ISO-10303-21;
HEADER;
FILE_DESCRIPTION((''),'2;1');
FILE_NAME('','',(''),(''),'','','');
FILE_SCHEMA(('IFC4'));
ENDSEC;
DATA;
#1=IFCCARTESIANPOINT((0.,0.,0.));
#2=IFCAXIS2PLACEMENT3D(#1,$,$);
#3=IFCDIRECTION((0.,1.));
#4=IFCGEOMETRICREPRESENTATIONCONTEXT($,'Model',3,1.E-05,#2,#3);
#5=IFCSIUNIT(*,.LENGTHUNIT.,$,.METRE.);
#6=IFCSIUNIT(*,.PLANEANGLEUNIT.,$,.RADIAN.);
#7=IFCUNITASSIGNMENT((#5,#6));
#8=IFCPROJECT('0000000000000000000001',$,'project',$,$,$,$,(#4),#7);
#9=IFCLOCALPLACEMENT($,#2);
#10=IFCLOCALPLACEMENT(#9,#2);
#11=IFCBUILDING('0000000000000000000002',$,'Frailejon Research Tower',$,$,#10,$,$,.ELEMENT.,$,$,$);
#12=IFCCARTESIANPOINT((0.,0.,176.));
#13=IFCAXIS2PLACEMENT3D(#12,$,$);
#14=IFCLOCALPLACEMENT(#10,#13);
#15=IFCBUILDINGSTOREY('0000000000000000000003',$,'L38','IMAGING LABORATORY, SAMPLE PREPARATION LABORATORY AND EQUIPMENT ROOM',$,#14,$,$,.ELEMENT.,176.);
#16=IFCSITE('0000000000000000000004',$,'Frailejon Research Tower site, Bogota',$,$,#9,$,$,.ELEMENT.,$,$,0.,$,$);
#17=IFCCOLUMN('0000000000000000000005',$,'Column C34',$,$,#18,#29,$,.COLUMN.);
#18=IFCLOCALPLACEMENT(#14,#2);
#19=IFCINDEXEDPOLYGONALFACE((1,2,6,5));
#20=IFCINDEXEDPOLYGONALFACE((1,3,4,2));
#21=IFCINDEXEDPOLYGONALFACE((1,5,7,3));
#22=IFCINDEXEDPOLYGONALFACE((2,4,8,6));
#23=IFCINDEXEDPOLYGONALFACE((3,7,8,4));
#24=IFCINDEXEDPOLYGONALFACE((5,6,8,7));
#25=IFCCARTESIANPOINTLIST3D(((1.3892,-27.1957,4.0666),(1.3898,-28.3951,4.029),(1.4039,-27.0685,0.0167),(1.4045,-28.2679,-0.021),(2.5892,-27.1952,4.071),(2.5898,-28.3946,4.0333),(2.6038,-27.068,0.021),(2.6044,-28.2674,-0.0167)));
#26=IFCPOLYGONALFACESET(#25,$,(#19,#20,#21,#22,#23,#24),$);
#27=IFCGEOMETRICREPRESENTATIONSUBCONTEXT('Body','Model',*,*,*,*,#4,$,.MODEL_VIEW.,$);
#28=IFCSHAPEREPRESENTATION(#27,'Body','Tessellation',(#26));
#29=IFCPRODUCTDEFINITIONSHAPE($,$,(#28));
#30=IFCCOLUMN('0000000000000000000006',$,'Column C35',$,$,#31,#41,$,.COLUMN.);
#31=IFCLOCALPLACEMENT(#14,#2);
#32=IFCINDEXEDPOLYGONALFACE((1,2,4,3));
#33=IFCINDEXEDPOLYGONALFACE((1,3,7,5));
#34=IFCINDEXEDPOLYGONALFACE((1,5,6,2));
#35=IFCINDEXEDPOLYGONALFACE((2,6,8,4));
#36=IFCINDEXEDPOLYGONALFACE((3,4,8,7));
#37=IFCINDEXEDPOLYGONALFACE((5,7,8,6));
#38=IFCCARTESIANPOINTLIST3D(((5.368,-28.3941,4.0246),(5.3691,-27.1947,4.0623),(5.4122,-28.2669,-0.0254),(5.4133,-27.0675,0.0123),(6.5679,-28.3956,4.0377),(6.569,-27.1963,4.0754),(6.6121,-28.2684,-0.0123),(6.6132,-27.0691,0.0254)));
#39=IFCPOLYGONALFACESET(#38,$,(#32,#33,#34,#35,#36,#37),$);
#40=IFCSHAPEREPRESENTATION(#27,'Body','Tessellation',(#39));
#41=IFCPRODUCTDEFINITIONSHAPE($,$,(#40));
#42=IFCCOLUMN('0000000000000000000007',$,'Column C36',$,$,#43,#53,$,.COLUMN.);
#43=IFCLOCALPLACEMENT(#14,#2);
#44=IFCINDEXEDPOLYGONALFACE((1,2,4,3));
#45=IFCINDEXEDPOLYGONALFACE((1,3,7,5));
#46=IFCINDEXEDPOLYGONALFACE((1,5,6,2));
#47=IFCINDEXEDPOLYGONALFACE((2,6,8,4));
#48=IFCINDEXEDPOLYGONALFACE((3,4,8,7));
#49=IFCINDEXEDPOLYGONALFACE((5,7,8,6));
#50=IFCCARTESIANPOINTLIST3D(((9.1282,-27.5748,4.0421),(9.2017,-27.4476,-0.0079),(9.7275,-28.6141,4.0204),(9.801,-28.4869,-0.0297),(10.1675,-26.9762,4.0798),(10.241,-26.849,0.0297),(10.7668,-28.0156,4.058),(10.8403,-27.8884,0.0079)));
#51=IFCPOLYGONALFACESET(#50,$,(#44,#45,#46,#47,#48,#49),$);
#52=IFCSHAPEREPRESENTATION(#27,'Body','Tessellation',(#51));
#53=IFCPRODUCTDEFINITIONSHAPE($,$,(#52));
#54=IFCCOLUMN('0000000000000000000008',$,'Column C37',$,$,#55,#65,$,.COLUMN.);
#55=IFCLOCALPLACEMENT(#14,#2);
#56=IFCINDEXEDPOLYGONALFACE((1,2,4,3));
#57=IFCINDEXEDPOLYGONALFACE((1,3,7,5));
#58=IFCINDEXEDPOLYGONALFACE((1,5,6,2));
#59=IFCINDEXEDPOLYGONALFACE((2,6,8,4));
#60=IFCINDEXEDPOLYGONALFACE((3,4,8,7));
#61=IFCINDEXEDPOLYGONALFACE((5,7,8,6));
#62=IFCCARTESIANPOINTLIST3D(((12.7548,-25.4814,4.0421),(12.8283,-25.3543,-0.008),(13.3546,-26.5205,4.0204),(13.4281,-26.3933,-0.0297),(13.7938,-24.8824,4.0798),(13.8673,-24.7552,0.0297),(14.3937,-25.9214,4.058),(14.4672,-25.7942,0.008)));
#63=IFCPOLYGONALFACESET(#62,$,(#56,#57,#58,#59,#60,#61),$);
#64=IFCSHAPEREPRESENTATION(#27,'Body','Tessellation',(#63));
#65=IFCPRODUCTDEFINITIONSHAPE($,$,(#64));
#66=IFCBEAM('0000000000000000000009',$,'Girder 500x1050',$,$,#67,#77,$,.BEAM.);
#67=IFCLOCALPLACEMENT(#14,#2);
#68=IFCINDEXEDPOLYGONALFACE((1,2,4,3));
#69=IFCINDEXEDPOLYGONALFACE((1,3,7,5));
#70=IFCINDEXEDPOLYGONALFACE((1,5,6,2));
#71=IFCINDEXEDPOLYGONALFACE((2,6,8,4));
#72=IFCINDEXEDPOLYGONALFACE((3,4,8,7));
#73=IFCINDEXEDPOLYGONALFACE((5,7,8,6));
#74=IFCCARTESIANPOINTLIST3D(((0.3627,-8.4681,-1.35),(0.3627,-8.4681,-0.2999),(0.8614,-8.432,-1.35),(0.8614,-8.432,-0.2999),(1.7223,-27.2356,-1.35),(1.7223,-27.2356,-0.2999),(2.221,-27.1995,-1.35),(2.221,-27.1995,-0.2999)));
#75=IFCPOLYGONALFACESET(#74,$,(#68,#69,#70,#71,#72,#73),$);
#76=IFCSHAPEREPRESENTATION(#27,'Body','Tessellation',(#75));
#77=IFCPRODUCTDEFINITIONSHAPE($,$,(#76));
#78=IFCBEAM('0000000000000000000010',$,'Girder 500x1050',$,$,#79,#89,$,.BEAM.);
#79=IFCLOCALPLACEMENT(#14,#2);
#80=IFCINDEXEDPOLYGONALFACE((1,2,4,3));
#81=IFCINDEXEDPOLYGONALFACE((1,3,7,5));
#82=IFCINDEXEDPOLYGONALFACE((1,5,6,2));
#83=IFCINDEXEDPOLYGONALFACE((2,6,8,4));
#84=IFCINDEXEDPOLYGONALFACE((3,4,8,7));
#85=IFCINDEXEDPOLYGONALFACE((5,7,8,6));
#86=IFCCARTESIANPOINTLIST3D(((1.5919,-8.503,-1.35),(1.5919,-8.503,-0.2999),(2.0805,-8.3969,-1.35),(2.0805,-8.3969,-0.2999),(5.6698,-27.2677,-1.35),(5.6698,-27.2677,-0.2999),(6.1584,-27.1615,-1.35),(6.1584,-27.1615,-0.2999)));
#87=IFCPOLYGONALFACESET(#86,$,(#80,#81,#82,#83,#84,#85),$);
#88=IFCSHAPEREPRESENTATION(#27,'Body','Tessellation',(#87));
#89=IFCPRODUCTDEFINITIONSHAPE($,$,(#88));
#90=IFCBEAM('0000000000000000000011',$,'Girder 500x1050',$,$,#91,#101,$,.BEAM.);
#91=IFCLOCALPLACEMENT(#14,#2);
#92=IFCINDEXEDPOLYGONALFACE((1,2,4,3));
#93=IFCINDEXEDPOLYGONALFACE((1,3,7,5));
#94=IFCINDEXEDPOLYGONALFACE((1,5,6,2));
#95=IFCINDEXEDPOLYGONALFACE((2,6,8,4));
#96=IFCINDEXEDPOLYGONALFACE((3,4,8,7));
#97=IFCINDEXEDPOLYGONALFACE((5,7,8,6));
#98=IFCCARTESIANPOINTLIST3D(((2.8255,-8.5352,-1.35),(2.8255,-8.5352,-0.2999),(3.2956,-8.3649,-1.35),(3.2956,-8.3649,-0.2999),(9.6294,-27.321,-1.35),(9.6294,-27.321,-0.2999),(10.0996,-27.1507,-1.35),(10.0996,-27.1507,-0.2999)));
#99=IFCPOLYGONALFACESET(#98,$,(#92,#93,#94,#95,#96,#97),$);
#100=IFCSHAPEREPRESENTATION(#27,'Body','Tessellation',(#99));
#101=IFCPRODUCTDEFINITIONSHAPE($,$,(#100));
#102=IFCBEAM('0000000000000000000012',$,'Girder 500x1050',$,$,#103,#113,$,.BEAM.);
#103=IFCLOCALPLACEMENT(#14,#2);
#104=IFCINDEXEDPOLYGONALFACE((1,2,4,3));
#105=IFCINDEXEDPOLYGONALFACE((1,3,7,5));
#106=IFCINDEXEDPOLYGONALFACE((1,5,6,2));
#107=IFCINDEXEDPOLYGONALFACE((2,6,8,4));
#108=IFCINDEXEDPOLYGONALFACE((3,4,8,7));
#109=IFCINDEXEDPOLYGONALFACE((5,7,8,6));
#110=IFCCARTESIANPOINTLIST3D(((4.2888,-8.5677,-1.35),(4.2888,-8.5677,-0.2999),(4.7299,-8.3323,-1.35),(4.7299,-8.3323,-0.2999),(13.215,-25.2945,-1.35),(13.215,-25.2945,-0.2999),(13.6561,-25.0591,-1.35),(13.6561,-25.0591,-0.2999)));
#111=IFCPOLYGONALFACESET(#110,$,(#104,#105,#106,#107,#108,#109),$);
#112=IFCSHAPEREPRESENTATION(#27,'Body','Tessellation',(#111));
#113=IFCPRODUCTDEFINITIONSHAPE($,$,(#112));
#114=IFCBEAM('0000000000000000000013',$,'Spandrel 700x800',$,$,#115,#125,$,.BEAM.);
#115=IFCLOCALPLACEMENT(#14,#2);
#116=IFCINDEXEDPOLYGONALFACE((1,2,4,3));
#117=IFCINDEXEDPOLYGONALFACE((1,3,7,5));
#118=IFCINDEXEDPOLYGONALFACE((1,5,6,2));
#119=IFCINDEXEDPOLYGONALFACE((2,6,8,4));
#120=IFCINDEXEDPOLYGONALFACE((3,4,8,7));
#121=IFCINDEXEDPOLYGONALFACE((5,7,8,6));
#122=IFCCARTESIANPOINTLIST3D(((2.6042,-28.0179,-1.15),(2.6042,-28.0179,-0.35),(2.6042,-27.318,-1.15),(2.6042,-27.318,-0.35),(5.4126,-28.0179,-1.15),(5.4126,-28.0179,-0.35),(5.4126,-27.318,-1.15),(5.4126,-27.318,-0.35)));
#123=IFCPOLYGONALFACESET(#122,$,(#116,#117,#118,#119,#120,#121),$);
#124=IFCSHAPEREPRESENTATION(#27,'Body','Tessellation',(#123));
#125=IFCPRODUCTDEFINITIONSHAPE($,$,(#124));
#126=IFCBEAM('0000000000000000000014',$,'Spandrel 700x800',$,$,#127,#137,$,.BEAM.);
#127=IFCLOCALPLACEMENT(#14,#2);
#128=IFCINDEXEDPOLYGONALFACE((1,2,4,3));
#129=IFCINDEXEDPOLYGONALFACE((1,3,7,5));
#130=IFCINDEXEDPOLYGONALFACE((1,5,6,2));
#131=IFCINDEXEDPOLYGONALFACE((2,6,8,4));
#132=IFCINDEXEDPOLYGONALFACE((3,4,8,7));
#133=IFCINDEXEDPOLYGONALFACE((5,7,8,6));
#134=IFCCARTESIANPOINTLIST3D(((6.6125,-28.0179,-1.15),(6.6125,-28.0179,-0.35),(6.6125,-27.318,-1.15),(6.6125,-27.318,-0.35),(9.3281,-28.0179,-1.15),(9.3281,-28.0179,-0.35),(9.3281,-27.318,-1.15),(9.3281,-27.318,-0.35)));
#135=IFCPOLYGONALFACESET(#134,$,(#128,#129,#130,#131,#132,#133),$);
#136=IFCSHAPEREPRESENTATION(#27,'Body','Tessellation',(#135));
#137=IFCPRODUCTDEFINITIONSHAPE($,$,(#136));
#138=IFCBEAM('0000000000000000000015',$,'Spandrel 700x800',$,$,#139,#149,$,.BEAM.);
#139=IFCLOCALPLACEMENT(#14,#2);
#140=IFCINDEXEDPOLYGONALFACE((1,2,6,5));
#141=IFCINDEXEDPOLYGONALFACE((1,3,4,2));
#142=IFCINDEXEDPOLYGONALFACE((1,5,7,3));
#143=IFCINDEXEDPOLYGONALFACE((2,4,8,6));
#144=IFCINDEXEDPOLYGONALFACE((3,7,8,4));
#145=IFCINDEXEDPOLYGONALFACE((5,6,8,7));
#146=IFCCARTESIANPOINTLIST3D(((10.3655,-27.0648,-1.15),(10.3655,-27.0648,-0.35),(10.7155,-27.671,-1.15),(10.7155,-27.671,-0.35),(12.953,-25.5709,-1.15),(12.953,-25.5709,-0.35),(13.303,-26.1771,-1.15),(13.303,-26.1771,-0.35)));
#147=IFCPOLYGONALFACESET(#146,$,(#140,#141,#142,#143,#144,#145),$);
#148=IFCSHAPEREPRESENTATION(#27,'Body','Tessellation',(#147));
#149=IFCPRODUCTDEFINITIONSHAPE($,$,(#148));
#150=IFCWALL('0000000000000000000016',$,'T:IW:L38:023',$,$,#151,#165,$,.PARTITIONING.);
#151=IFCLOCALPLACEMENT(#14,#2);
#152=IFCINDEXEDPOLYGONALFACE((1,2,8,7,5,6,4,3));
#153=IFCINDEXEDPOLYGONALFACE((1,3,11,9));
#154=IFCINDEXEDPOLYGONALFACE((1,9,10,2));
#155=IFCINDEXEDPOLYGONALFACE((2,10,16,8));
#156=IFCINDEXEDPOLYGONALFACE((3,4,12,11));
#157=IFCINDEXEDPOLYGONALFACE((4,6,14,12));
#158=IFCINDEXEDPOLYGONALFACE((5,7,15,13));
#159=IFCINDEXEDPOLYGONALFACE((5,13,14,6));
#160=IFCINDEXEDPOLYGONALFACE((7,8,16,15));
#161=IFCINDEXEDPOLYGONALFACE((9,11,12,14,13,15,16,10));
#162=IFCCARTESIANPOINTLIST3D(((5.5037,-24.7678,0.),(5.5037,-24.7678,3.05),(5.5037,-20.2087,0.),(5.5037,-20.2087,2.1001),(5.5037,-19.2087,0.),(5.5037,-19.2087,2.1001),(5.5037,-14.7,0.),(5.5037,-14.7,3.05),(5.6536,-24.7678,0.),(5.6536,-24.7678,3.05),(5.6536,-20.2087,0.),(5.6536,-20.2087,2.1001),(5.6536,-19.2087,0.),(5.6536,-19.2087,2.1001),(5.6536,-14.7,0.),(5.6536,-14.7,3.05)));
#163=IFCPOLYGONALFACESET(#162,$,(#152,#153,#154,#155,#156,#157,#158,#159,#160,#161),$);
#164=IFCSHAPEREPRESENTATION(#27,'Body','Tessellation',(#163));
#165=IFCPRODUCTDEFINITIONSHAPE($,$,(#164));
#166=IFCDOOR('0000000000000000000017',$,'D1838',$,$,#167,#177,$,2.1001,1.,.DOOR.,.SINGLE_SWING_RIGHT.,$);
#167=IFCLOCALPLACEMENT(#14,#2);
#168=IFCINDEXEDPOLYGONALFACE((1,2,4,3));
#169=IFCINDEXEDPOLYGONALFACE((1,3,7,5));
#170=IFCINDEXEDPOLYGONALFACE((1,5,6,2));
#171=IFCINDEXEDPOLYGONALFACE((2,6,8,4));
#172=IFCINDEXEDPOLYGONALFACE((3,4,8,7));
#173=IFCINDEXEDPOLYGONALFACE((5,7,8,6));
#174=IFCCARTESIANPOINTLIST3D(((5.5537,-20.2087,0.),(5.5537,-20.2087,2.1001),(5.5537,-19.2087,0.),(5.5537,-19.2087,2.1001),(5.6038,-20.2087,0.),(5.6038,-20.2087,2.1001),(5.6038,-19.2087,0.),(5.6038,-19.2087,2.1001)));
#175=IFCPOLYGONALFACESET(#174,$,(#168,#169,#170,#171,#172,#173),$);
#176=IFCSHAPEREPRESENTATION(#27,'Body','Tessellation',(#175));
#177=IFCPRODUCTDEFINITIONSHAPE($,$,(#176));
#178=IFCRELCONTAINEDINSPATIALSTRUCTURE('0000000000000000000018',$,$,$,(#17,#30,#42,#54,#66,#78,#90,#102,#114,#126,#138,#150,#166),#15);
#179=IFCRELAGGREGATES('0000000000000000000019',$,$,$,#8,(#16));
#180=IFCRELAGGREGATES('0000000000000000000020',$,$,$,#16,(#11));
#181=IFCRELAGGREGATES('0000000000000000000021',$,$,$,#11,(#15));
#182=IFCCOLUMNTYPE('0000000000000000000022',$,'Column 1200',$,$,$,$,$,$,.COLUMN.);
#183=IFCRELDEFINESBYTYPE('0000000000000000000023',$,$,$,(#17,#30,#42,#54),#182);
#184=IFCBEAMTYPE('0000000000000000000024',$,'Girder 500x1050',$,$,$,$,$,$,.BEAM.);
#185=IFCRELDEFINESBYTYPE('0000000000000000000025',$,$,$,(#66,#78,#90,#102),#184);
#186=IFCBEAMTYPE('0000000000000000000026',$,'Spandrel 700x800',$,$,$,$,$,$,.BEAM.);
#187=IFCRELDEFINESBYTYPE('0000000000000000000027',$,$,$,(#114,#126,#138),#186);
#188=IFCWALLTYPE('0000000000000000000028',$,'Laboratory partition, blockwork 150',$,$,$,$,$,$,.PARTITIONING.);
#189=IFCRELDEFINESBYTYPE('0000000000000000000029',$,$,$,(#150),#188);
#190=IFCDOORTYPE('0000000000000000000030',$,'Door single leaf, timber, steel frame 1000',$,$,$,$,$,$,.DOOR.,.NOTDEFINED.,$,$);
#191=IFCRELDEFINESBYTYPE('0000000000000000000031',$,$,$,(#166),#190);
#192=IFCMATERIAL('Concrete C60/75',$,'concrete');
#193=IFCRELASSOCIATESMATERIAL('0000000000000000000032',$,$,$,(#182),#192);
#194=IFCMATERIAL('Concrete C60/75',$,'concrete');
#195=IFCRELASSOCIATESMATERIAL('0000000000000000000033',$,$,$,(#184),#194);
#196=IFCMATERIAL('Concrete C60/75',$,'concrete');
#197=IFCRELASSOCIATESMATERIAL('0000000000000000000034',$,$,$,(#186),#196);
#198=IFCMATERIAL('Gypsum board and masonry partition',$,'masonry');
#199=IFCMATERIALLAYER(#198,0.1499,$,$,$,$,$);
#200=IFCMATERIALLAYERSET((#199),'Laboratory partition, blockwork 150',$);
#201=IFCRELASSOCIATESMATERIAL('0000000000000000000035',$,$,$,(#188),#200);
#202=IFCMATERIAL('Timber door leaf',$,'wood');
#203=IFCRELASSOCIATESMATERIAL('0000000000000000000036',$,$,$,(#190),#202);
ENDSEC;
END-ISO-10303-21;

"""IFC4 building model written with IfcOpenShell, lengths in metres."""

from ifc_helpers import new_model, si_unit, direction, frame, frame_2d, origin, origin_2d, place, context, subcontext, project, spatial, rectangle, extrude, material, layer, layer_set, material_profile, profile_set, type_object, element, fill, save


model = new_model("IFC4")

# Units and contexts
model_context = context("Model", 3, precision=1e-05, world=origin(), true_north=direction((0.0, 1.0)))
body_context = subcontext(model_context, "Body", "Model", "MODEL_VIEW")
ifc_project = project(units=[si_unit("LENGTHUNIT", "METRE"), si_unit("PLANEANGLEUNIT", "RADIAN")], contexts=[model_context])

# Site, building, storey
site_placement = place(None, origin())
site = spatial("IfcSite", under=ifc_project, at=site_placement, Name="Frailejon Research Tower site, Bogota", CompositionType="ELEMENT", RefElevation=0.0)
building_placement = place(site_placement, origin())
building = spatial("IfcBuilding", under=site, at=building_placement, Name="Frailejon Research Tower", CompositionType="ELEMENT")
storey_placement = place(building_placement, frame((0.0, 0.0, 176.0)))
storey = spatial("IfcBuildingStorey", under=building, at=storey_placement, Name="L38", Description="IMAGING LABORATORY, SAMPLE PREPARATION LABORATORY AND EQUIPMENT ROOM", CompositionType="ELEMENT", Elevation=176.0)

# Columns
ifc_material_1 = material(Name="Concrete C60/75", Category="concrete")
ifc_material_profile_1 = material_profile(ifc_material_1, rectangle(XDim=1.2, YDim=1.2, at=origin_2d()), Name="Column 1200")
ifc_profile_set_1 = profile_set([ifc_material_profile_1], Name="Concrete C60/75")
column_type = type_object("IfcColumnType", Name="Column 1200", PredefinedType="COLUMN", material=ifc_profile_set_1)
column_1_placement = place(storey_placement, frame((2.0042, -27.668, 0.0), z_axis=(-0.003615, -0.031391, 0.999501), x_axis=(0.999993, 0.000407, 0.00363)))
element("IfcColumn", 1, at=column_1_placement, inside=storey, type_object=column_type, Name="Column C34", PredefinedType="COLUMN", context=body_context, shape_type="SweptSolid", body=[
    extrude(rectangle(XDim=1.2, YDim=1.2, at=origin_2d()), origin(), (0.0, 0.0, 1.0), 4.052),
])
column_2_placement = place(storey_placement, frame((6.0127, -27.668, 0.0), z_axis=(-0.010905, -0.031389, 0.999448), x_axis=(0.99994, -0.001287, 0.01087)))
element("IfcColumn", 2, at=column_2_placement, inside=storey, type_object=column_type, Name="Column C35", PredefinedType="COLUMN", context=body_context, shape_type="SweptSolid", body=[
    extrude(rectangle(XDim=1.2, YDim=1.2, at=origin_2d()), origin(), (0.0, 0.0, 1.0), 4.0522),
])
for number, where, z_axis, x_axis, name in (
    (3, (10.021, -27.668, 0.0), (-0.018133, -0.031386, 0.999343), (0.866156, 0.498787, 0.031381), "Column C36"),
    (4, (13.6477, -25.5742, 0.0), (-0.018133, -0.031386, 0.999343), (0.865885, 0.499257, 0.031391), "Column C37"),
):
    element("IfcColumn", number, at=place(storey_placement, frame(where, z_axis=z_axis, x_axis=x_axis)), inside=storey, type_object=column_type, Name=name, PredefinedType="COLUMN", context=body_context, shape_type="SweptSolid", body=[
        extrude(rectangle(XDim=1.2, YDim=1.2, at=origin_2d()), origin(), (0.0, 0.0, 1.0), 4.0527),
    ])

# Beams
ifc_material_2 = material(Name="Concrete C60/75", Category="concrete")
ifc_material_profile_2 = material_profile(ifc_material_2, rectangle(XDim=0.5, YDim=1.05, at=origin_2d()), Name="Girder 500x1050")
ifc_profile_set_2 = profile_set([ifc_material_profile_2], Name="Concrete C60/75")
beam_type_1 = type_object("IfcBeamType", Name="Girder 500x1050", PredefinedType="BEAM", material=ifc_profile_set_2)
beam_1_placement = place(storey_placement, frame((1.9717, -27.2175, -0.825), z_axis=(-0.072256, 0.997386, 0.0), x_axis=(-0.997386, -0.072256, 0.0)))
element("IfcBeam", 5, at=beam_1_placement, inside=storey, type_object=beam_type_1, Name="Girder 500x1050", PredefinedType="BEAM", context=body_context, shape_type="SweptSolid", body=[
    extrude(rectangle(XDim=0.5, YDim=1.05, at=origin_2d()), origin(), (0.0, 0.0, 1.0), 18.8167),
])
beam_2_placement = place(storey_placement, frame((5.9141, -27.2146, -0.825), z_axis=(-0.21236, 0.977191, 0.0), x_axis=(-0.977191, -0.21236, 0.0)))
element("IfcBeam", 6, at=beam_2_placement, inside=storey, type_object=beam_type_1, Name="Girder 500x1050", PredefinedType="BEAM", context=body_context, shape_type="SweptSolid", body=[
    extrude(rectangle(XDim=0.5, YDim=1.05, at=origin_2d()), origin(), (0.0, 0.0, 1.0), 19.2026),
])
beam_3_placement = place(storey_placement, frame((9.8645, -27.2358, -0.825), z_axis=(-0.340537, 0.940231, 0.0), x_axis=(-0.940231, -0.340537, 0.0)))
element("IfcBeam", 7, at=beam_3_placement, inside=storey, type_object=beam_type_1, Name="Girder 500x1050", PredefinedType="BEAM", context=body_context, shape_type="SweptSolid", body=[
    extrude(rectangle(XDim=0.5, YDim=1.05, at=origin_2d()), origin(), (0.0, 0.0, 1.0), 19.98),
])
beam_4_placement = place(storey_placement, frame((13.4355, -25.1768, -0.825), z_axis=(-0.470806, 0.882237, 0.0), x_axis=(-0.882237, -0.470806, 0.0)))
element("IfcBeam", 8, at=beam_4_placement, inside=storey, type_object=beam_type_1, Name="Girder 500x1050", PredefinedType="BEAM", context=body_context, shape_type="SweptSolid", body=[
    extrude(rectangle(XDim=0.5, YDim=1.05, at=origin_2d()), origin(), (0.0, 0.0, 1.0), 18.9595),
])
ifc_material_3 = material(Name="Concrete C60/75", Category="concrete")
ifc_material_profile_3 = material_profile(ifc_material_3, rectangle(XDim=0.7, YDim=0.8, at=origin_2d()), Name="Spandrel 700x800")
ifc_profile_set_3 = profile_set([ifc_material_profile_3], Name="Concrete C60/75")
beam_type_2 = type_object("IfcBeamType", Name="Spandrel 700x800", PredefinedType="BEAM", material=ifc_profile_set_3)
beam_5_placement = place(storey_placement, frame((2.6042, -27.668, -0.75), z_axis=(1.0, 0.0, 0.0), x_axis=(0.0, 1.0, 0.0)))
element("IfcBeam", 9, at=beam_5_placement, inside=storey, type_object=beam_type_2, Name="Spandrel 700x800", PredefinedType="BEAM", context=body_context, shape_type="SweptSolid", body=[
    extrude(rectangle(XDim=0.7, YDim=0.8, at=origin_2d()), origin(), (0.0, 0.0, 1.0), 2.8083),
])
beam_6_placement = place(storey_placement, frame((6.6125, -27.668, -0.75), z_axis=(1.0, 0.0, 0.0), x_axis=(0.0, 1.0, 0.0)))
element("IfcBeam", 10, at=beam_6_placement, inside=storey, type_object=beam_type_2, Name="Spandrel 700x800", PredefinedType="BEAM", context=body_context, shape_type="SweptSolid", body=[
    extrude(rectangle(XDim=0.7, YDim=0.8, at=origin_2d()), origin(), (0.0, 0.0, 1.0), 2.7156),
])
beam_7_placement = place(storey_placement, frame((10.5405, -27.3679, -0.75), z_axis=(0.866017, 0.500015, 0.0), x_axis=(-0.500015, 0.866017, 0.0)))
element("IfcBeam", 11, at=beam_7_placement, inside=storey, type_object=beam_type_2, Name="Spandrel 700x800", PredefinedType="BEAM", context=body_context, shape_type="SweptSolid", body=[
    extrude(rectangle(XDim=0.7, YDim=0.8, at=origin_2d()), origin(), (0.0, 0.0, 1.0), 2.9878),
])

# Wall, opening, door
ifc_material_4 = material(Name="Gypsum board and masonry partition", Category="masonry")
ifc_layer_1 = layer(ifc_material_4, 0.1499)
ifc_layer_set_1 = layer_set([ifc_layer_1], Name="Laboratory partition, blockwork 150")
wall_type_1 = type_object("IfcWallType", Name="Laboratory partition, blockwork 150", PredefinedType="PARTITIONING", material=ifc_layer_set_1)
wall_1_placement = place(storey_placement, frame((5.5786, -24.7678, 0.0), z_axis=(0.0, 0.0, 1.0), x_axis=(0.0, 1.0, 0.0)))
wall_1 = element("IfcWall", 12, at=wall_1_placement, inside=storey, type_object=wall_type_1, Name="T:IW:L38:023", PredefinedType="PARTITIONING", context=body_context, shape_type="SweptSolid", body=[
    extrude(rectangle(XDim=10.0679, YDim=0.1499, at=frame_2d((5.0339, 0.0))), origin(), (0.0, 0.0, 1.0), 3.05),
])
opening_1_placement = place(wall_1_placement, frame((4.5591, 0.0, 0.0)))
opening_1 = element("IfcOpeningElement", 13, at=opening_1_placement, cuts=wall_1, PredefinedType="OPENING", context=body_context, shape_type="SweptSolid", body=[
    extrude(rectangle(XDim=1.0, YDim=2.1001, at=frame_2d((0.5, 1.05))), frame((0.0, 0.085, 0.0), z_axis=(0.0, -1.0, 0.0), x_axis=(1.0, 0.0, 0.0)), (0.0, 0.0, 1.0), 0.1699),
])
ifc_material_5 = material(Name="Timber door leaf", Category="wood")
door_type = type_object("IfcDoorType", Name="Door single leaf, timber, steel frame 1000", OperationType="NOTDEFINED", PredefinedType="DOOR", material=ifc_material_5)
door_placement = place(opening_1_placement, origin())
door = element("IfcDoor", 14, at=door_placement, inside=storey, type_object=door_type, Name="D1838", OperationType="SINGLE_SWING_RIGHT", OverallHeight=2.1001, OverallWidth=1.0, PredefinedType="DOOR", context=body_context, shape_type="SweptSolid", body=[
    extrude(rectangle(XDim=1.0, YDim=2.1001, at=frame_2d((0.5, 1.05))), frame((0.0, 0.0249, 0.0), z_axis=(0.0, -1.0, 0.0), x_axis=(1.0, 0.0, 0.0)), (0.0, 0.0, 1.0), 0.05),
])
fill(opening_1, door)

save(model, "model.ifc")
